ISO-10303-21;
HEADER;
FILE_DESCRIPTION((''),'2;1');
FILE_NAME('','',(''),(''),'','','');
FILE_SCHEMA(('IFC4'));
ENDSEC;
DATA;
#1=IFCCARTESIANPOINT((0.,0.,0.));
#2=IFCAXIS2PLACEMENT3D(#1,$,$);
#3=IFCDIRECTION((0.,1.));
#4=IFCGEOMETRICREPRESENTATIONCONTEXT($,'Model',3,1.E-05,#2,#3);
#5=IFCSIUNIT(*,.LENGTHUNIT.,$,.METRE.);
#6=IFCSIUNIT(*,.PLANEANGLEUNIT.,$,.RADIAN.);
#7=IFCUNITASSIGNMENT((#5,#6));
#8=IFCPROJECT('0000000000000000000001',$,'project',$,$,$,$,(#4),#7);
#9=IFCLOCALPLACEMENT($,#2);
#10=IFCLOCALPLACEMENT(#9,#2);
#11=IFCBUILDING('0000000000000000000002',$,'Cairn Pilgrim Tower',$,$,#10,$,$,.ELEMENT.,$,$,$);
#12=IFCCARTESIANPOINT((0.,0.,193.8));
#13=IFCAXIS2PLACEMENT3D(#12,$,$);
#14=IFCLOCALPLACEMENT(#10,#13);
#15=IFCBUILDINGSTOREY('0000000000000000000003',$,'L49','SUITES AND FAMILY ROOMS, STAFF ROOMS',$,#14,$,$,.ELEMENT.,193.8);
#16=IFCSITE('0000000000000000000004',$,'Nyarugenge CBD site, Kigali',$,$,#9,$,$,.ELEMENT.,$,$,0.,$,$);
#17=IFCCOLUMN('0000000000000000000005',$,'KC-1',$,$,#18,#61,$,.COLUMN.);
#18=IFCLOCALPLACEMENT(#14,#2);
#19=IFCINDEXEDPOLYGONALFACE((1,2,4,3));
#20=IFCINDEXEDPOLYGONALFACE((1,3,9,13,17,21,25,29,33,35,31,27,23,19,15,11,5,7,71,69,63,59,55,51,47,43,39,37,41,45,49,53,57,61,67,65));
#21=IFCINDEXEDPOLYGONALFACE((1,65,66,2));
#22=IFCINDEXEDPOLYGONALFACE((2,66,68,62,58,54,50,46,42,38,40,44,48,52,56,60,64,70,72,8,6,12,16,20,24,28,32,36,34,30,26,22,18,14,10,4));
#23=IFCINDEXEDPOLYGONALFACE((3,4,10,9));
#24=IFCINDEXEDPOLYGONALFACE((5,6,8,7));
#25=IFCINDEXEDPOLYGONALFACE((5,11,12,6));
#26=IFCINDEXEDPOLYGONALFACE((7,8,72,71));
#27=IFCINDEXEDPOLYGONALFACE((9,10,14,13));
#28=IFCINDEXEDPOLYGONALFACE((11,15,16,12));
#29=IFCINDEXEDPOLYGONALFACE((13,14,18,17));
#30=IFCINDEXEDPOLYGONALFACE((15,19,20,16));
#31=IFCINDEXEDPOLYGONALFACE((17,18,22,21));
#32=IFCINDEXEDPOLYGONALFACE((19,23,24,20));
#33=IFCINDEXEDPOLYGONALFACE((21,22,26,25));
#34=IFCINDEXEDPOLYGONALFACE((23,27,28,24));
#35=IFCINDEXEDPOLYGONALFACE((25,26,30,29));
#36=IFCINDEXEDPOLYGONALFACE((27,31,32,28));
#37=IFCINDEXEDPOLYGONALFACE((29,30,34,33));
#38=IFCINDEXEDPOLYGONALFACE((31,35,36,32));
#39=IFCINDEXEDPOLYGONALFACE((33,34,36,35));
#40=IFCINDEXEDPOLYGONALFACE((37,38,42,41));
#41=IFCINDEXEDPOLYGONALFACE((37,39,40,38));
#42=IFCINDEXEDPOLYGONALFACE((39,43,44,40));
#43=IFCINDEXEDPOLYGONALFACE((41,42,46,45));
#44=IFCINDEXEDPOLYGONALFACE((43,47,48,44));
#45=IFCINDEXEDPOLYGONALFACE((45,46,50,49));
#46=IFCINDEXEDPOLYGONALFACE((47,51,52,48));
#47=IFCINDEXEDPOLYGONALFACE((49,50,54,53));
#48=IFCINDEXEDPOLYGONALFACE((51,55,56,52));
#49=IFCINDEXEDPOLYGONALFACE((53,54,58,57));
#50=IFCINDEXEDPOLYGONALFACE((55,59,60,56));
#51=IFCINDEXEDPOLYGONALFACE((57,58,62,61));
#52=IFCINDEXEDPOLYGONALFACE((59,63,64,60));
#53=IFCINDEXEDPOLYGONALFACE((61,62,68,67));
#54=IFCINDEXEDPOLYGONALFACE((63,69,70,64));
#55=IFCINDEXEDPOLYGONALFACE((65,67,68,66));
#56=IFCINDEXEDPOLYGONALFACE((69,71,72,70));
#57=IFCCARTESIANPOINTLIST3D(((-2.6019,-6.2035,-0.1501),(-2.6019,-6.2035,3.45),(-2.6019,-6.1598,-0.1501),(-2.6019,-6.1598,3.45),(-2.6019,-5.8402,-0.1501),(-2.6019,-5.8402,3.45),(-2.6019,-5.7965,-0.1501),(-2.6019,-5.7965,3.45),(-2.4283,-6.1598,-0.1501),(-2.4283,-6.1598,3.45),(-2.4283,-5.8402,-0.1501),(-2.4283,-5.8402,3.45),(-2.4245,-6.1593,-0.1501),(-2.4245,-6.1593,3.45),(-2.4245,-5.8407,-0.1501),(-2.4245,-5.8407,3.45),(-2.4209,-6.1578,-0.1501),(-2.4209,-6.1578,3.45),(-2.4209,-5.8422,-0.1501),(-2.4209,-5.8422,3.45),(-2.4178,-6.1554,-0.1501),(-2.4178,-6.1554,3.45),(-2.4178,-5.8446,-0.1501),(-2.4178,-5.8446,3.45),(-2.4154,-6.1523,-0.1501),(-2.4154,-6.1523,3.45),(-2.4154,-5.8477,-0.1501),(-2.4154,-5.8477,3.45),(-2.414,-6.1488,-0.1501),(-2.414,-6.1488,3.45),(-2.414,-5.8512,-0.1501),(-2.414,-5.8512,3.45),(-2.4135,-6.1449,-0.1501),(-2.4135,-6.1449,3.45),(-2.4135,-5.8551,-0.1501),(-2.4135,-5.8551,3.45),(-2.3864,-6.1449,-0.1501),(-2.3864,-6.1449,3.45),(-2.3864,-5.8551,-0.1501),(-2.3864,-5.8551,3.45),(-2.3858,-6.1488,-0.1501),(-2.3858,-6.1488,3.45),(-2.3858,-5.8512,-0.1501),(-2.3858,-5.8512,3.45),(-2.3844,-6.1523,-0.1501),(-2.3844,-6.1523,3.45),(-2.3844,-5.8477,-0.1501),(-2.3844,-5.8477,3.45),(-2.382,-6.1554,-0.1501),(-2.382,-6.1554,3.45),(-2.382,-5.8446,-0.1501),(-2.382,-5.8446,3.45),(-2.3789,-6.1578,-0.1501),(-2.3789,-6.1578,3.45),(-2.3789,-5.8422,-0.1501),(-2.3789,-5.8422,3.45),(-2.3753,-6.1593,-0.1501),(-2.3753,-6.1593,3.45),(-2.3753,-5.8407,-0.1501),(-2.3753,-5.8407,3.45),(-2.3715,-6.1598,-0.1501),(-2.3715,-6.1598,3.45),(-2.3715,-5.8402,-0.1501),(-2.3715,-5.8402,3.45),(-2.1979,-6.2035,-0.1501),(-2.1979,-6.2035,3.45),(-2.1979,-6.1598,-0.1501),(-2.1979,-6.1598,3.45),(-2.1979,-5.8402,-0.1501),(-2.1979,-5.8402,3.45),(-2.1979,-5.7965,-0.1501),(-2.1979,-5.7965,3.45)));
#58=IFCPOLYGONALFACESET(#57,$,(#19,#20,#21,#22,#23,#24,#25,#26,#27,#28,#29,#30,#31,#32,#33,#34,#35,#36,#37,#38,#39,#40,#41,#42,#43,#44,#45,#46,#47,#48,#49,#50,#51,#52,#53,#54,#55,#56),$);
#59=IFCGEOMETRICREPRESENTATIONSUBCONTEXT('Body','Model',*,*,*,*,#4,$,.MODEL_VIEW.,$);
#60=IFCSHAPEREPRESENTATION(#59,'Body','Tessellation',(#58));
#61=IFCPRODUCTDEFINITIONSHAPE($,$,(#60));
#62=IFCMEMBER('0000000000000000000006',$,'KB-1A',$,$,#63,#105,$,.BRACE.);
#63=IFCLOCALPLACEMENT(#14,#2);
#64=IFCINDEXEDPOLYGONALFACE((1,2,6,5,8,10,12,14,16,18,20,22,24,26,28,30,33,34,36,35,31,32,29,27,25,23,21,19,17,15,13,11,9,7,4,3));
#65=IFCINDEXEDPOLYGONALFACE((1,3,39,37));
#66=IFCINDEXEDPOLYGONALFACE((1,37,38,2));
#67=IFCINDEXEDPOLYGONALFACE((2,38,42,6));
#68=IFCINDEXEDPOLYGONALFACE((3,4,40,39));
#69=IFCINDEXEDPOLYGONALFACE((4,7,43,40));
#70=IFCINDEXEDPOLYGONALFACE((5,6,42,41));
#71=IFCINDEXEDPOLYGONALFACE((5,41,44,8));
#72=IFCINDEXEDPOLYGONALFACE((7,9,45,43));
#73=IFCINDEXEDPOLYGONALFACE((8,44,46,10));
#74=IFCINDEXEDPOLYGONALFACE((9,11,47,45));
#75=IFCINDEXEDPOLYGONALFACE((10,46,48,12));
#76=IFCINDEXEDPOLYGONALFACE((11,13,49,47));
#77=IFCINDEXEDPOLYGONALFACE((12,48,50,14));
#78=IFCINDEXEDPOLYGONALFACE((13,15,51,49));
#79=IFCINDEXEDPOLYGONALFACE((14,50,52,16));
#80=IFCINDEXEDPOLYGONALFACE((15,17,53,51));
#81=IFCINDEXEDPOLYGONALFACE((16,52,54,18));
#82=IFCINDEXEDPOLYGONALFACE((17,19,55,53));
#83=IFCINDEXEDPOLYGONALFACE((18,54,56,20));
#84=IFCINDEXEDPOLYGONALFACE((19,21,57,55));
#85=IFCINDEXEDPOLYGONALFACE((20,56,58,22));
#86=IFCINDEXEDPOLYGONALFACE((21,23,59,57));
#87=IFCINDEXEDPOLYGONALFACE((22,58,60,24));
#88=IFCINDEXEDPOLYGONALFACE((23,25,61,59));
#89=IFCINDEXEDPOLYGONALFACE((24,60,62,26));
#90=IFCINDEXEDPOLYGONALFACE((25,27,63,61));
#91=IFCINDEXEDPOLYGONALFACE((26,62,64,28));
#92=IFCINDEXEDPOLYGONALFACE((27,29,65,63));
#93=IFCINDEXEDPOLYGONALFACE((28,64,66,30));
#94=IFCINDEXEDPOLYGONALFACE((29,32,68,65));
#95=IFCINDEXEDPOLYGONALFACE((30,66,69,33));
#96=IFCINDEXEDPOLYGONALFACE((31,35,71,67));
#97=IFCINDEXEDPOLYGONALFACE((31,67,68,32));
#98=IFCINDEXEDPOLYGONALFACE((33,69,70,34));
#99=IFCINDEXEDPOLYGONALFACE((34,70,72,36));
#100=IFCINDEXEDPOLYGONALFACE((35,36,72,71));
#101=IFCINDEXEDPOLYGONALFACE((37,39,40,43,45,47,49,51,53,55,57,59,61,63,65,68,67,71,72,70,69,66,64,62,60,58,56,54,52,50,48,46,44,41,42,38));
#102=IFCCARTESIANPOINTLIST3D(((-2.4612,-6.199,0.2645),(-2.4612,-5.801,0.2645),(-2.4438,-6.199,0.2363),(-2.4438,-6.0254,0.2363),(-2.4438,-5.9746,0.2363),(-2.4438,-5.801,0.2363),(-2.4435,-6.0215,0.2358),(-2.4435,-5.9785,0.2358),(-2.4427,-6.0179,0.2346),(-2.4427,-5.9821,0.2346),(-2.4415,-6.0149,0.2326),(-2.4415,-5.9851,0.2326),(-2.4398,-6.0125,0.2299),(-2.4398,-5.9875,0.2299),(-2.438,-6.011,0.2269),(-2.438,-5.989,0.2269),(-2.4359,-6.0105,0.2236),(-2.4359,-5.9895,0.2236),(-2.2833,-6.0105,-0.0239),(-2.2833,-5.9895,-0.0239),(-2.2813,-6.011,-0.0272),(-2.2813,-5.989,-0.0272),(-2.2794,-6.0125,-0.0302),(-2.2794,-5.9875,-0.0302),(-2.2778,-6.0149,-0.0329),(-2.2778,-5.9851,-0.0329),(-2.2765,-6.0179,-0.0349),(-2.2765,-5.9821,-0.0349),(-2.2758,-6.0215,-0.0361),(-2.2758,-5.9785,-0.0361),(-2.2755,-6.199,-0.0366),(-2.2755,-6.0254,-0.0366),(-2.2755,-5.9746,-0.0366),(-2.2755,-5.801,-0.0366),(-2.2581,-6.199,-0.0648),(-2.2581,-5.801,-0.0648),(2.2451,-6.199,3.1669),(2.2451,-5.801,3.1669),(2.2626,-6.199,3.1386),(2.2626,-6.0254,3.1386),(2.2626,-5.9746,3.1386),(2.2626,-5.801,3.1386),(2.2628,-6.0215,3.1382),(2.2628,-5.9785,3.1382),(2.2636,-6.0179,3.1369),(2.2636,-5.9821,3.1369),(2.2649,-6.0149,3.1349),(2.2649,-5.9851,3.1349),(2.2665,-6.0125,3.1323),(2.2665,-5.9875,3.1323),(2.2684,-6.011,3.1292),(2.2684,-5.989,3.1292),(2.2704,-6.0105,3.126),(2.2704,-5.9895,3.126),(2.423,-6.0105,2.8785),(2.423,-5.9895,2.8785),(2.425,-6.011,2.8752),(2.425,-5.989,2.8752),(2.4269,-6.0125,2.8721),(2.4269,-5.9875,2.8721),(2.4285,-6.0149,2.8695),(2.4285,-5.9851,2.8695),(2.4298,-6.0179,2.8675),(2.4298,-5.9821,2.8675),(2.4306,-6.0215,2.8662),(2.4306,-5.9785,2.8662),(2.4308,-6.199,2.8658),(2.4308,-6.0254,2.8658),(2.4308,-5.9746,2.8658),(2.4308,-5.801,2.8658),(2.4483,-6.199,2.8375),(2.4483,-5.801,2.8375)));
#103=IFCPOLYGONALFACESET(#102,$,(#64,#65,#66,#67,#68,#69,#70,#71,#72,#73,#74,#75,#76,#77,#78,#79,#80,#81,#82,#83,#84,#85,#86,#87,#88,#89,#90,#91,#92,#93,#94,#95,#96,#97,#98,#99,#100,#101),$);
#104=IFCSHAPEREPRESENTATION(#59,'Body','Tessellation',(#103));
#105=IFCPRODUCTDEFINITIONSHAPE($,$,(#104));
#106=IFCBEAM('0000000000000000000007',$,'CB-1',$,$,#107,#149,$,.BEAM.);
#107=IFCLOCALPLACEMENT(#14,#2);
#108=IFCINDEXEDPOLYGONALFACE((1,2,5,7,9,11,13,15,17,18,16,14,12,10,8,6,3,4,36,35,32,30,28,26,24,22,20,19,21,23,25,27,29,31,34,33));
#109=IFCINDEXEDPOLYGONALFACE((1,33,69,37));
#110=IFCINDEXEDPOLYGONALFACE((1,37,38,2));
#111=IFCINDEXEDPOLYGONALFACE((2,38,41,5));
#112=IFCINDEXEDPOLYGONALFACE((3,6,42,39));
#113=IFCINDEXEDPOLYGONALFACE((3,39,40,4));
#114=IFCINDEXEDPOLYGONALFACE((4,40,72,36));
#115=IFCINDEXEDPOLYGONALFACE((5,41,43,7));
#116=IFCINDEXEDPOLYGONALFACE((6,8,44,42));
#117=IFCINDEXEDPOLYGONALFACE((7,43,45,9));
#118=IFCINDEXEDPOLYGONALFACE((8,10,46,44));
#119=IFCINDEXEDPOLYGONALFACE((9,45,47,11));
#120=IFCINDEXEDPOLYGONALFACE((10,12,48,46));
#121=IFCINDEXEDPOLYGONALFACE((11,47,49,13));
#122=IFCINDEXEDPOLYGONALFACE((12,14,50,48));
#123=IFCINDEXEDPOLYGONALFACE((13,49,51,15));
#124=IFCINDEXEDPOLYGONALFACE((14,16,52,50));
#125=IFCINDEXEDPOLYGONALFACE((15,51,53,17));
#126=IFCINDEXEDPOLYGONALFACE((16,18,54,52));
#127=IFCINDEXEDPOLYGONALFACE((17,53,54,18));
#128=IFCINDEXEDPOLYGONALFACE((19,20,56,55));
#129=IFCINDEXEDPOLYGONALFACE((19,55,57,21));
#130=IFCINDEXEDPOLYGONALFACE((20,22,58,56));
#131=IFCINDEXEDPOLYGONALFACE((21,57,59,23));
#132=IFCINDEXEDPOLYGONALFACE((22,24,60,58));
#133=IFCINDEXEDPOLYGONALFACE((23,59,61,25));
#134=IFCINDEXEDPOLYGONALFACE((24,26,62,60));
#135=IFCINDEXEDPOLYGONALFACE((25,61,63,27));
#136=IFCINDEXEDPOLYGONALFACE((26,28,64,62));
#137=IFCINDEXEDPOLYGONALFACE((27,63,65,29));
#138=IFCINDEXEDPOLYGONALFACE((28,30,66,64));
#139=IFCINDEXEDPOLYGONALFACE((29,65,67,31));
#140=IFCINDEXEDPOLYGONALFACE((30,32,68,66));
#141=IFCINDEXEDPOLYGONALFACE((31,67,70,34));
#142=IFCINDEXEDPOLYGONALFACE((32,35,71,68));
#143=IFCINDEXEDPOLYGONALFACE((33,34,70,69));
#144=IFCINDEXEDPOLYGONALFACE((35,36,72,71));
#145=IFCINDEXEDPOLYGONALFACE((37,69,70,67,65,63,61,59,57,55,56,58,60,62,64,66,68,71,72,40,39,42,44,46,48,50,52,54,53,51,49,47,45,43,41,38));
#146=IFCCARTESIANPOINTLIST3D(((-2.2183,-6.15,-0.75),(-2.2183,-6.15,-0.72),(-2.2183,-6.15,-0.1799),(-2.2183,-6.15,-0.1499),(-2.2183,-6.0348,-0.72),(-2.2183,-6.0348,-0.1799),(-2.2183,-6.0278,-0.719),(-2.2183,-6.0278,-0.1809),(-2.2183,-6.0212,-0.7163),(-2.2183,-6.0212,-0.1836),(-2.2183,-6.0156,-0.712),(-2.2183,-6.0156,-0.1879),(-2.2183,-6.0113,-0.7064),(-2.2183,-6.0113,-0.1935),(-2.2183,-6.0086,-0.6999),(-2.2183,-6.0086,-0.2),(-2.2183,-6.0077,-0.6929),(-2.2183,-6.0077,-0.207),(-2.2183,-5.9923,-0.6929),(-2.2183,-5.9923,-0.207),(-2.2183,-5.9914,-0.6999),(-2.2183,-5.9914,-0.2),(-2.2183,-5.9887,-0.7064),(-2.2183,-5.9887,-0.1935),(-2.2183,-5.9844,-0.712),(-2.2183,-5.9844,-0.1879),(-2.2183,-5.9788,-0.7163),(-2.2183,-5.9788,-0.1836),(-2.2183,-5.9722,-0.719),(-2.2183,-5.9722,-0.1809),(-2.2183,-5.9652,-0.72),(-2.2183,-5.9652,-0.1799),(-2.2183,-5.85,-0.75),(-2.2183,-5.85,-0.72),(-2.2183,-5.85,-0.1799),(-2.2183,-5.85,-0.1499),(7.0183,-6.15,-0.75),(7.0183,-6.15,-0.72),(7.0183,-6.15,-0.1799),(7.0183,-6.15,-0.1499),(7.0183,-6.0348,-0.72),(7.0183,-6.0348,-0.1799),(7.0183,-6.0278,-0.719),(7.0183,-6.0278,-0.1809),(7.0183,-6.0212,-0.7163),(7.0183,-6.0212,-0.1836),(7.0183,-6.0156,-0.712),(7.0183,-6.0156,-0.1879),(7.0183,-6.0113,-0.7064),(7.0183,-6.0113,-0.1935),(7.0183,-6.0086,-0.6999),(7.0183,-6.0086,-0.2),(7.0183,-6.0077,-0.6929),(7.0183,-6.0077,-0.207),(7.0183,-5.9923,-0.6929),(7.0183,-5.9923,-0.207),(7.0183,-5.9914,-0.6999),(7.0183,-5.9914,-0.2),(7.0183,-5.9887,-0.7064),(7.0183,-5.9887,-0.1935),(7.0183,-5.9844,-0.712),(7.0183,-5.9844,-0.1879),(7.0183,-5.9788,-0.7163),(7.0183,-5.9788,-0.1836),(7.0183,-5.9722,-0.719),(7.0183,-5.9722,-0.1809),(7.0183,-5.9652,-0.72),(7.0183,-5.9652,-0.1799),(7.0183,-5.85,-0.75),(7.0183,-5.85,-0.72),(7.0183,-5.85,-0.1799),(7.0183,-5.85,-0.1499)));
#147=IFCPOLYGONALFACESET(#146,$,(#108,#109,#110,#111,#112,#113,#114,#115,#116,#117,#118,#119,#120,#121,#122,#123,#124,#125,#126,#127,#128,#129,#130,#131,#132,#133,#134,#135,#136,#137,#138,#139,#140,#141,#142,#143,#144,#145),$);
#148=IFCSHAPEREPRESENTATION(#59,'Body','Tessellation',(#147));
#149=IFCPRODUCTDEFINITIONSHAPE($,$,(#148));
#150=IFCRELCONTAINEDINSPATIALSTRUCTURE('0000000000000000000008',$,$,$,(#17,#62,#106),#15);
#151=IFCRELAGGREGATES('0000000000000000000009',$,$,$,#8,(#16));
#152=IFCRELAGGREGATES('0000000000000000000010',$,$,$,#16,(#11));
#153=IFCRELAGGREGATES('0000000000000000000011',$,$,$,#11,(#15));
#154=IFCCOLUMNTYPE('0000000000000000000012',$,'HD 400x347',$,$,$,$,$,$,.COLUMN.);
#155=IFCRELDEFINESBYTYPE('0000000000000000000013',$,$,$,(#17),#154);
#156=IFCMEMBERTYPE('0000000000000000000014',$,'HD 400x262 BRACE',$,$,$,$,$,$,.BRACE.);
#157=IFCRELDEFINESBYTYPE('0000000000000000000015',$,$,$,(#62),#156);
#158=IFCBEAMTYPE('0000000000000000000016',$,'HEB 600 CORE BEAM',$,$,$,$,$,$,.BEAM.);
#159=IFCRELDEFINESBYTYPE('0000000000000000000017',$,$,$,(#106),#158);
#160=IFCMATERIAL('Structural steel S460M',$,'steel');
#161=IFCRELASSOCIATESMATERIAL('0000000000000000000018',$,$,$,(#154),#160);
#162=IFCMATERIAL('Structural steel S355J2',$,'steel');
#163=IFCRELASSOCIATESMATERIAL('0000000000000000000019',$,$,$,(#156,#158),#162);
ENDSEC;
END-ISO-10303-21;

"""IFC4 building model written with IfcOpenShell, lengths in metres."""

from ifc_helpers import new_model, si_unit, direction, frame, origin, origin_2d, place, context, subcontext, project, spatial, i_section, extrude, material, material_profile, profile_set, type_object, element, save


model = new_model("IFC4")

# Units and contexts
model_context = context("Model", 3, precision=1e-05, world=origin(), true_north=direction((0.0, 1.0)))
body_context = subcontext(model_context, "Body", "Model", "MODEL_VIEW")
ifc_project = project(units=[si_unit("LENGTHUNIT", "METRE"), si_unit("PLANEANGLEUNIT", "RADIAN")], contexts=[model_context])

# Site, building, storey
site_placement = place(None, origin())
site = spatial("IfcSite", under=ifc_project, at=site_placement, Name="Nyarugenge CBD site, Kigali", CompositionType="ELEMENT", RefElevation=0.0)
building_placement = place(site_placement, origin())
building = spatial("IfcBuilding", under=site, at=building_placement, Name="Cairn Pilgrim Tower", CompositionType="ELEMENT")
storey_placement = place(building_placement, frame((0.0, 0.0, 193.8)))
storey = spatial("IfcBuildingStorey", under=building, at=storey_placement, Name="L49", Description="SUITES AND FAMILY ROOMS, STAFF ROOMS", CompositionType="ELEMENT", Elevation=193.8)

# Column
ifc_material_1 = material(Name="Structural steel S460M", Category="steel")
ifc_material_profile_1 = material_profile(ifc_material_1, i_section(OverallWidth=0.4041, OverallDepth=0.407, WebThickness=0.0271, FlangeThickness=0.0437, FilletRadius=0.0149, at=origin_2d()), Name="HD 400x347")
ifc_profile_set_1 = profile_set([ifc_material_profile_1], Name="Structural steel S460M")
column_type = type_object("IfcColumnType", Name="HD 400x347", PredefinedType="COLUMN", material=ifc_profile_set_1)
column_placement = place(storey_placement, frame((-2.3999, -6.0, -0.1501), z_axis=(0.0, 0.0, 1.0), x_axis=(1.0, 0.0, 0.0)))
element("IfcColumn", 1, at=column_placement, inside=storey, type_object=column_type, Name="KC-1", PredefinedType="COLUMN", context=body_context, shape_type="SweptSolid", body=[
    extrude(i_section(OverallWidth=0.4041, OverallDepth=0.407, WebThickness=0.0271, FlangeThickness=0.0437, FilletRadius=0.0149, at=origin_2d()), origin(), (0.0, 0.0, 1.0), 3.6001),
])

# Member
ifc_material_2 = material(Name="Structural steel S355J2", Category="steel")
ifc_material_profile_2 = material_profile(ifc_material_2, i_section(OverallWidth=0.3979, OverallDepth=0.387, WebThickness=0.021, FlangeThickness=0.0332, FilletRadius=0.0149, at=origin_2d()), Name="HD 400x262")
ifc_profile_set_2 = profile_set([ifc_material_profile_2], Name="Structural steel S355J2")
member_type = type_object("IfcMemberType", Name="HD 400x262 BRACE", PredefinedType="BRACE", material=ifc_profile_set_2)
member_placement = place(storey_placement, frame((-2.3596, -6.0, 0.0999), z_axis=(0.851161, 0.0, 0.524905), x_axis=(0.0, 1.0, 0.0)))
element("IfcMember", 2, at=member_placement, inside=storey, type_object=member_type, Name="KB-1A", PredefinedType="BRACE", context=body_context, shape_type="SweptSolid", body=[
    extrude(i_section(OverallWidth=0.3979, OverallDepth=0.387, WebThickness=0.021, FlangeThickness=0.0332, FilletRadius=0.0149, at=origin_2d()), origin(), (0.0, 0.0, 1.0), 5.5293),
])

# Beam
ifc_material_profile_3 = material_profile(ifc_material_2, i_section(OverallWidth=0.3, OverallDepth=0.6001, WebThickness=0.0154, FlangeThickness=0.03, FilletRadius=0.0271, at=origin_2d()), Name="HEB 600")
ifc_profile_set_3 = profile_set([ifc_material_profile_3], Name="Structural steel S355J2")
beam_type = type_object("IfcBeamType", Name="HEB 600 CORE BEAM", PredefinedType="BEAM", material=ifc_profile_set_3)
beam_placement = place(storey_placement, frame((-2.2183, -6.0, -0.45), z_axis=(1.0, 0.0, 0.0), x_axis=(0.0, 1.0, 0.0)))
element("IfcBeam", 3, at=beam_placement, inside=storey, type_object=beam_type, Name="CB-1", PredefinedType="BEAM", context=body_context, shape_type="SweptSolid", body=[
    extrude(i_section(OverallWidth=0.3, OverallDepth=0.6001, WebThickness=0.0154, FlangeThickness=0.03, FilletRadius=0.0271, at=origin_2d()), origin(), (0.0, 0.0, 1.0), 9.2366),
])

save(model, "model.ifc")
